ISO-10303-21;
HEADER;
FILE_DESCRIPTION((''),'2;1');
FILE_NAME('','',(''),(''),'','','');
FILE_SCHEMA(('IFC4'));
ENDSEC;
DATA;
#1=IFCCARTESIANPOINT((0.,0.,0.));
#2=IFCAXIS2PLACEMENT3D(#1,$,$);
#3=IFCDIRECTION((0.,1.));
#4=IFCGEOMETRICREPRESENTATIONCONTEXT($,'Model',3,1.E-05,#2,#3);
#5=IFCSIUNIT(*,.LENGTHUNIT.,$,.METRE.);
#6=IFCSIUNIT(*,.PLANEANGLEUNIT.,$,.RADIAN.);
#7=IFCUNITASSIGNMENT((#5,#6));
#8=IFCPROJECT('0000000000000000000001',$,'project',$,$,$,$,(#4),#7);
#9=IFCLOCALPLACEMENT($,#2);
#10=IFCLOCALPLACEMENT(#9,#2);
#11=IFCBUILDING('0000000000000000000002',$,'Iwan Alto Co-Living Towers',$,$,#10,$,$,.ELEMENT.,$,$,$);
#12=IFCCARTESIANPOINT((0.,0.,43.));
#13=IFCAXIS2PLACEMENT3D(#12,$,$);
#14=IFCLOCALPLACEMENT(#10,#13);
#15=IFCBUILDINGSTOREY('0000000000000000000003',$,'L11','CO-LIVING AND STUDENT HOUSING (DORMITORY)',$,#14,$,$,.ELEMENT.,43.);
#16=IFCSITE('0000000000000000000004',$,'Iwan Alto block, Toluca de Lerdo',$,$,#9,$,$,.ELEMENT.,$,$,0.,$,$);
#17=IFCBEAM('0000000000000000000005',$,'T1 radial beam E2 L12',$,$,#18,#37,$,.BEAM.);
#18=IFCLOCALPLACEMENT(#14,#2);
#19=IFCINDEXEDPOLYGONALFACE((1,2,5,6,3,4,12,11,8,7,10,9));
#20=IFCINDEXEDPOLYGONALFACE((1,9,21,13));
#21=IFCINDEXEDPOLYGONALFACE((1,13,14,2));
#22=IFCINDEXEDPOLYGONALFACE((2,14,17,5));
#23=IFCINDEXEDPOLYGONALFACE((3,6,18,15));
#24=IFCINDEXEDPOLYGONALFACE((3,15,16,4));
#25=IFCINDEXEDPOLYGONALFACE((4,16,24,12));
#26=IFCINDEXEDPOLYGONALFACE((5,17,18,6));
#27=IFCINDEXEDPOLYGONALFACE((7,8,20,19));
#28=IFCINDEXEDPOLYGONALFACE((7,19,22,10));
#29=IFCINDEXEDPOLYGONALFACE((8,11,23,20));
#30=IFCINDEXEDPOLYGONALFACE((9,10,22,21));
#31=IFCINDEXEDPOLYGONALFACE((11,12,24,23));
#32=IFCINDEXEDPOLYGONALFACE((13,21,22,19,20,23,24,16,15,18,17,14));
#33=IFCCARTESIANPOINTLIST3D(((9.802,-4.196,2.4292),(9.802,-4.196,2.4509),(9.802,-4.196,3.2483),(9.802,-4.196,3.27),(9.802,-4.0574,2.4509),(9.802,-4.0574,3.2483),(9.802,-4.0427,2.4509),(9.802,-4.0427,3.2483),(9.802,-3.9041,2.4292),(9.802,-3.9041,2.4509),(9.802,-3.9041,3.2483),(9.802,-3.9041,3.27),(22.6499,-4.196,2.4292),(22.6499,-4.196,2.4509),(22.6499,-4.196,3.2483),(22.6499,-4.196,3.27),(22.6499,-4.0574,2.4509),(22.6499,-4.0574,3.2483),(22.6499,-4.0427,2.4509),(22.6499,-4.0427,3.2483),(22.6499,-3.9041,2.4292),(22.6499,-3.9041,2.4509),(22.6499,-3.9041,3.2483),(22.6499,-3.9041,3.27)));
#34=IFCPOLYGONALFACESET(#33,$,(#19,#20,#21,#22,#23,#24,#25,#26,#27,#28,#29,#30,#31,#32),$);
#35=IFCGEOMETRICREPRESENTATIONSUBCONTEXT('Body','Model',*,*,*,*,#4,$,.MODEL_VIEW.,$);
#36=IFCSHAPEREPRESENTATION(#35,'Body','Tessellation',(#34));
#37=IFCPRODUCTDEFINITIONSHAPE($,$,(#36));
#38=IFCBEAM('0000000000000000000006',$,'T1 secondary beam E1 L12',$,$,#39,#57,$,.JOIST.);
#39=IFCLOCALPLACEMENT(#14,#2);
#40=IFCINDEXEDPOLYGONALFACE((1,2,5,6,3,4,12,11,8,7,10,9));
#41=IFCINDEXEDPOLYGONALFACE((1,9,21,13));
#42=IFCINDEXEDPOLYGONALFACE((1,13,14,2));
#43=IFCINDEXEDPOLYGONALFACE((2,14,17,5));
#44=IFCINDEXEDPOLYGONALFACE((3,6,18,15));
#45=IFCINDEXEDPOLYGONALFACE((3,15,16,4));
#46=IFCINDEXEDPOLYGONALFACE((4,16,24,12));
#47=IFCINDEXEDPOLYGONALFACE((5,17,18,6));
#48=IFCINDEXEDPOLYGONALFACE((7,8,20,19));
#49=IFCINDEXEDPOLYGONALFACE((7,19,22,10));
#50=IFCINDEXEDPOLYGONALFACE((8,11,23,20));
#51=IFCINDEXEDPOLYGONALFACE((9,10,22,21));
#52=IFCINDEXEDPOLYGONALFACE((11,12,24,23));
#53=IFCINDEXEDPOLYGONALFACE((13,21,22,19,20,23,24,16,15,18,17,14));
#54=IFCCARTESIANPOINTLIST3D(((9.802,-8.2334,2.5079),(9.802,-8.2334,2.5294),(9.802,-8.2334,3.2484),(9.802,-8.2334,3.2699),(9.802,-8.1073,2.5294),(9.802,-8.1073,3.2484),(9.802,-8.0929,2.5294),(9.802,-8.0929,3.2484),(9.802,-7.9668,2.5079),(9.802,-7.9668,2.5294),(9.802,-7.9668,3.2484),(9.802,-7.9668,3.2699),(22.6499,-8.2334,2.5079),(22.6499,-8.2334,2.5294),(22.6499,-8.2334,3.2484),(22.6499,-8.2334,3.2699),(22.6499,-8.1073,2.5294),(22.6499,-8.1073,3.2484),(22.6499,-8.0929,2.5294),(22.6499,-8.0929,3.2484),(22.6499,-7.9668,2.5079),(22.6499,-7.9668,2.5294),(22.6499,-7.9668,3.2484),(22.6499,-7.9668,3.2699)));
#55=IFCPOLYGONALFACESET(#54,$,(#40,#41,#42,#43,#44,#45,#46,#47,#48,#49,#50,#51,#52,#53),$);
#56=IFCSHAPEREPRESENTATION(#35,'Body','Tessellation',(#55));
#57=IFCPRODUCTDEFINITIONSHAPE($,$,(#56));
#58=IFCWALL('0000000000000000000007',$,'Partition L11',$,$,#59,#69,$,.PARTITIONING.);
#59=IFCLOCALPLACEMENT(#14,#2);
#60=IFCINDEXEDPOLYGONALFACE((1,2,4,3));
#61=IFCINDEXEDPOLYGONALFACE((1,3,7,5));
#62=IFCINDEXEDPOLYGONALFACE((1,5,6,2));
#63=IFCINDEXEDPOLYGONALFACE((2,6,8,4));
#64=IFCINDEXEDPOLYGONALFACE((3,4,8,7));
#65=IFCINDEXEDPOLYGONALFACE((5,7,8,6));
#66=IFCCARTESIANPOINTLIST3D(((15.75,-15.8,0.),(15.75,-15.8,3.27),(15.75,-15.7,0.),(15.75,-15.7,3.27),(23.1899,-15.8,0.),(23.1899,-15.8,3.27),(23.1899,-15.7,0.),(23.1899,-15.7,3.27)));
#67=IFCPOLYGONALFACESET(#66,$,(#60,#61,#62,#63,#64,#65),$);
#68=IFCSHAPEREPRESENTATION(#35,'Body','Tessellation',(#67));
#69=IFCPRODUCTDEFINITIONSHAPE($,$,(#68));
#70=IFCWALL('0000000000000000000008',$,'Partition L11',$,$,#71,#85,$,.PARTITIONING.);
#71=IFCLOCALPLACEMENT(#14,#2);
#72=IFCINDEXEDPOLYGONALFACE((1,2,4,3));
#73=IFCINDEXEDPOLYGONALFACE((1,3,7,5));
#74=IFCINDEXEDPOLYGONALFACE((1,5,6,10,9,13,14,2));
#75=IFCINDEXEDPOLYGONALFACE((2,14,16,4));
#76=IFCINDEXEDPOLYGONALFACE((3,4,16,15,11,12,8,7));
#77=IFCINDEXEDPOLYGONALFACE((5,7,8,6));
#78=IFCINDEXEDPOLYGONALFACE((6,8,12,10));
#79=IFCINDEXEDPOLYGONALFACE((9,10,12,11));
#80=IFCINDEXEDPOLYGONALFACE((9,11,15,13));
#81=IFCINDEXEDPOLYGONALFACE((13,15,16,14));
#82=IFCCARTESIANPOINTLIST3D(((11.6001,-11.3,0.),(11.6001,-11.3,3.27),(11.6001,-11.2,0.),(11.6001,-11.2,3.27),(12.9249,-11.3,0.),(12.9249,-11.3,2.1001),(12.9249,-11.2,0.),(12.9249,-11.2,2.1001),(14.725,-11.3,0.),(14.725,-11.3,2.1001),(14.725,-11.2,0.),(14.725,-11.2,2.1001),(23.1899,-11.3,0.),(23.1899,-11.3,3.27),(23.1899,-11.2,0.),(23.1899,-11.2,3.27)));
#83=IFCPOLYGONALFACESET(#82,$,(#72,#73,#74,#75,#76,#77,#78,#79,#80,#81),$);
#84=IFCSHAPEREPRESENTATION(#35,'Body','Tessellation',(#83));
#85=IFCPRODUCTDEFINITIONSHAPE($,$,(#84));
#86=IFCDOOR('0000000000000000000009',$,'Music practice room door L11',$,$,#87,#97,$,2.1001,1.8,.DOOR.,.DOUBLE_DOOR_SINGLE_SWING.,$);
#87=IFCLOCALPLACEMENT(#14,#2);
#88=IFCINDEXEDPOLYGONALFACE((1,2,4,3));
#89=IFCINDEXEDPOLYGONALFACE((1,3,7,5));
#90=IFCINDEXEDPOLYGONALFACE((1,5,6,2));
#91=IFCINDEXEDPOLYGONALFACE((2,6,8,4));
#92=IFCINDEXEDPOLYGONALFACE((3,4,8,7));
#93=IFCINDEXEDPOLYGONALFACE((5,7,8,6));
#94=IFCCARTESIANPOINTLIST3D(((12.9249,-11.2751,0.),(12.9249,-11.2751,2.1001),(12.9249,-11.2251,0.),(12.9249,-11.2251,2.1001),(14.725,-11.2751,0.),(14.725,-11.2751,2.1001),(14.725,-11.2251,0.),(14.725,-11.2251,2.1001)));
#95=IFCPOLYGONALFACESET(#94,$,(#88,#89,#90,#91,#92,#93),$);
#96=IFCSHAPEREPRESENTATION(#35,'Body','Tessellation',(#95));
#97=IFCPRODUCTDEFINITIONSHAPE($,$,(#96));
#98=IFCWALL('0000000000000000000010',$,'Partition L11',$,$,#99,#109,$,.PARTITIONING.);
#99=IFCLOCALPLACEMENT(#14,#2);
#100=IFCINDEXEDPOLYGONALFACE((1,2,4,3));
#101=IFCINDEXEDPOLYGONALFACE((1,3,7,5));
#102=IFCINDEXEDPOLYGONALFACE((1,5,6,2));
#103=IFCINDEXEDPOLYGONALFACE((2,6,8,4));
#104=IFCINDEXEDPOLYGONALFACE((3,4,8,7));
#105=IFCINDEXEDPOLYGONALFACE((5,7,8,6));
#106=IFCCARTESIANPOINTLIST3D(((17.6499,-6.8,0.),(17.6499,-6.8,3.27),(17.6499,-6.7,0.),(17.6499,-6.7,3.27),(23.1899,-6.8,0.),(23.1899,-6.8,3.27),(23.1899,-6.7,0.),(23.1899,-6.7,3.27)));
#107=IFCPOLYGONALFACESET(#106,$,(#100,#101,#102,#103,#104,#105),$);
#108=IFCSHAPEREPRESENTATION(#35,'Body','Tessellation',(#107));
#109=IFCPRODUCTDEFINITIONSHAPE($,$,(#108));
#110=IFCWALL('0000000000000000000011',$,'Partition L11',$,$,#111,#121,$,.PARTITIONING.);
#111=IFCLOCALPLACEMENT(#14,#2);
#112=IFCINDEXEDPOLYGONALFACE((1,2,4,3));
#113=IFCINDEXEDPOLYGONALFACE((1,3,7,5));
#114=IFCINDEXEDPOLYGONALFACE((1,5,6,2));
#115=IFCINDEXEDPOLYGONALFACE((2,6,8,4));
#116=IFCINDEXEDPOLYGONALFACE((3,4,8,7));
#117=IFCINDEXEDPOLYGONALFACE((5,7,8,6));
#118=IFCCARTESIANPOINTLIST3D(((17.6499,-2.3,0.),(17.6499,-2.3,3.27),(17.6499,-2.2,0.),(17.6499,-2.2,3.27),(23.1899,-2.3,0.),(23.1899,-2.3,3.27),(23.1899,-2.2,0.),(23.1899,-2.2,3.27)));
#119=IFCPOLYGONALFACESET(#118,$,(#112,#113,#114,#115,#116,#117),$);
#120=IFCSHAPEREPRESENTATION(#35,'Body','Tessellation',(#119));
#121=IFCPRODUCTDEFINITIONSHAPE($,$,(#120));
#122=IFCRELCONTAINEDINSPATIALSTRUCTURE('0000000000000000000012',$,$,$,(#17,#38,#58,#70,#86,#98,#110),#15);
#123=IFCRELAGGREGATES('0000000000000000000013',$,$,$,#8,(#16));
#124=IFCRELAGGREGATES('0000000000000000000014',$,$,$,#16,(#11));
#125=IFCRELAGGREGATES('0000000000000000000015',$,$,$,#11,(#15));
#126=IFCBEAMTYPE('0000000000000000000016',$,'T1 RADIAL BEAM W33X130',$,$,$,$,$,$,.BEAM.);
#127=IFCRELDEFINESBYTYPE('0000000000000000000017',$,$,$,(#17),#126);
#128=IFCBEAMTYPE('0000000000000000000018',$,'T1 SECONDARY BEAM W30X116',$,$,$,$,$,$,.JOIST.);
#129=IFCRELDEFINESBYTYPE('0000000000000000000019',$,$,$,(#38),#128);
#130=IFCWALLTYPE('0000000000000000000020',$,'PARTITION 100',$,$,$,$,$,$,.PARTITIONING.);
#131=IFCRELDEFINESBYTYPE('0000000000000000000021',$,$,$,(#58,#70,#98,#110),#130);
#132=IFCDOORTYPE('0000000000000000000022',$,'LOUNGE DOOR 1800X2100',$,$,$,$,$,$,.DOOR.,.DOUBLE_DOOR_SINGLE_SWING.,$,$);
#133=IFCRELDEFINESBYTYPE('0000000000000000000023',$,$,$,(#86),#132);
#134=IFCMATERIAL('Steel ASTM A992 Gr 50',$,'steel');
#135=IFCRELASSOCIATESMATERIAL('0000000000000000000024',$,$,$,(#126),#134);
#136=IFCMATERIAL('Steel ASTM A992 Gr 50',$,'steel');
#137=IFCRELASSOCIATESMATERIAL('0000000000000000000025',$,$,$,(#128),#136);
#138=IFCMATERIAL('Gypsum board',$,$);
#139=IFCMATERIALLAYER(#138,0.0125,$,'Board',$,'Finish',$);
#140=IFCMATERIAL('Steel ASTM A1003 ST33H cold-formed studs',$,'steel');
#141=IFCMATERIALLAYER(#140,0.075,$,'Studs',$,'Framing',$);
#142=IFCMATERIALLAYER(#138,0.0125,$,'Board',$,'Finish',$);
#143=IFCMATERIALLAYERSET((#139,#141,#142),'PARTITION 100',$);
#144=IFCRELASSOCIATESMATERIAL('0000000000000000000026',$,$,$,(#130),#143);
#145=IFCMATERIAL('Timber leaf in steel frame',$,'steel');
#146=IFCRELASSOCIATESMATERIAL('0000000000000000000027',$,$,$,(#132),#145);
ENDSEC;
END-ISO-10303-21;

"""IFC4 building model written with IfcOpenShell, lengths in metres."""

from ifc_helpers import new_model, si_unit, direction, frame, frame_2d, origin, origin_2d, place, context, subcontext, project, spatial, rectangle, i_section, extrude, material, layer, layer_set, material_profile, profile_set, type_object, element, fill, save


model = new_model("IFC4")

# Units and contexts
model_context = context("Model", 3, precision=1e-05, world=origin(), true_north=direction((0.0, 1.0)))
body_context = subcontext(model_context, "Body", "Model", "MODEL_VIEW")
ifc_project = project(units=[si_unit("LENGTHUNIT", "METRE"), si_unit("PLANEANGLEUNIT", "RADIAN")], contexts=[model_context])

# Site, building, storey
site_placement = place(None, origin())
site = spatial("IfcSite", under=ifc_project, at=site_placement, Name="Iwan Alto block, Toluca de Lerdo", CompositionType="ELEMENT", RefElevation=0.0)
building_placement = place(site_placement, origin())
building = spatial("IfcBuilding", under=site, at=building_placement, Name="Iwan Alto Co-Living Towers", CompositionType="ELEMENT")
storey_placement = place(building_placement, frame((0.0, 0.0, 43.0)))
storey = spatial("IfcBuildingStorey", under=building, at=storey_placement, Name="L11", Description="CO-LIVING AND STUDENT HOUSING (DORMITORY)", CompositionType="ELEMENT", Elevation=43.0)

# Beams
ifc_material_1 = material(Name="Steel ASTM A992 Gr 50", Category="steel")
ifc_material_profile_1 = material_profile(ifc_material_1, i_section(OverallWidth=0.292, OverallDepth=0.8408, WebThickness=0.0146, FlangeThickness=0.0217, at=origin_2d()), Name="W33X130")
ifc_profile_set_1 = profile_set([ifc_material_profile_1], Name="Steel ASTM A992 Gr 50")
beam_type_1 = type_object("IfcBeamType", Name="T1 RADIAL BEAM W33X130", PredefinedType="BEAM", material=ifc_profile_set_1)
beam_1_placement = place(storey_placement, frame((22.6499, -4.05, 2.8496), z_axis=(-1.0, 0.0, 0.0), x_axis=(0.0, -1.0, 0.0)))
element("IfcBeam", 1, at=beam_1_placement, inside=storey, type_object=beam_type_1, Name="T1 radial beam E2 L12", PredefinedType="BEAM", context=body_context, shape_type="SweptSolid", body=[
    extrude(i_section(OverallWidth=0.292, OverallDepth=0.8408, WebThickness=0.0146, FlangeThickness=0.0217, at=origin_2d()), origin(), (0.0, 0.0, 1.0), 12.8479),
])
ifc_material_2 = material(Name="Steel ASTM A992 Gr 50", Category="steel")
ifc_material_profile_2 = material_profile(ifc_material_2, i_section(OverallWidth=0.2666, OverallDepth=0.762, WebThickness=0.0144, FlangeThickness=0.0215, at=origin_2d()), Name="W30X116")
ifc_profile_set_2 = profile_set([ifc_material_profile_2], Name="Steel ASTM A992 Gr 50")
beam_type_2 = type_object("IfcBeamType", Name="T1 SECONDARY BEAM W30X116", PredefinedType="JOIST", material=ifc_profile_set_2)
beam_2_placement = place(storey_placement, frame((22.6499, -8.1001, 2.8889), z_axis=(-1.0, 0.0, 0.0), x_axis=(0.0, -1.0, 0.0)))
element("IfcBeam", 2, at=beam_2_placement, inside=storey, type_object=beam_type_2, Name="T1 secondary beam E1 L12", PredefinedType="JOIST", context=body_context, shape_type="SweptSolid", body=[
    extrude(i_section(OverallWidth=0.2666, OverallDepth=0.762, WebThickness=0.0144, FlangeThickness=0.0215, at=origin_2d()), origin(), (0.0, 0.0, 1.0), 12.8479),
])

# Wall
ifc_material_3 = material(Name="Gypsum board")
ifc_layer_1 = layer(ifc_material_3, 0.0125, Name="Board", Category="Finish")
ifc_material_4 = material(Name="Steel ASTM A1003 ST33H cold-formed studs", Category="steel")
ifc_layer_2 = layer(ifc_material_4, 0.075, Name="Studs", Category="Framing")
ifc_layer_3 = layer(ifc_material_3, 0.0125, Name="Board", Category="Finish")
ifc_layer_set_1 = layer_set([ifc_layer_1, ifc_layer_2, ifc_layer_3], Name="PARTITION 100")
wall_type_1 = type_object("IfcWallType", Name="PARTITION 100", PredefinedType="PARTITIONING", material=ifc_layer_set_1)
wall_1_placement = place(storey_placement, frame((15.75, -15.75, 0.0), z_axis=(0.0, 0.0, 1.0), x_axis=(1.0, 0.0, 0.0)))
element("IfcWall", 3, at=wall_1_placement, inside=storey, type_object=wall_type_1, Name="Partition L11", PredefinedType="PARTITIONING", context=body_context, shape_type="SweptSolid", body=[
    extrude(rectangle(XDim=7.4399, YDim=0.1001, at=frame_2d((3.72, 0.0))), origin(), (0.0, 0.0, 1.0), 3.27),
])

# Wall, opening, door
wall_2_placement = place(storey_placement, frame((11.6001, -11.25, 0.0), z_axis=(0.0, 0.0, 1.0), x_axis=(1.0, 0.0, 0.0)))
wall_2 = element("IfcWall", 4, at=wall_2_placement, inside=storey, type_object=wall_type_1, Name="Partition L11", PredefinedType="PARTITIONING", context=body_context, shape_type="SweptSolid", body=[
    extrude(rectangle(XDim=11.5898, YDim=0.1001, at=frame_2d((5.7949, 0.0))), origin(), (0.0, 0.0, 1.0), 3.27),
])
opening_1_placement = place(wall_2_placement, frame((1.325, 0.0, 0.0)))
opening_1 = element("IfcOpeningElement", 5, at=opening_1_placement, cuts=wall_2, PredefinedType="OPENING", context=body_context, shape_type="SweptSolid", body=[
    extrude(rectangle(XDim=1.8, YDim=2.1001, at=frame_2d((0.8999, 1.05))), frame((0.0, 0.0601, 0.0), z_axis=(0.0, -1.0, 0.0), x_axis=(1.0, 0.0, 0.0)), (0.0, 0.0, 1.0), 0.1201),
])
ifc_material_5 = material(Name="Timber leaf in steel frame", Category="steel")
door_type_1 = type_object("IfcDoorType", Name="LOUNGE DOOR 1800X2100", OperationType="DOUBLE_DOOR_SINGLE_SWING", PredefinedType="DOOR", material=ifc_material_5)
door_1_placement = place(opening_1_placement, origin())
door_1 = element("IfcDoor", 6, at=door_1_placement, inside=storey, type_object=door_type_1, Name="Music practice room door L11", OperationType="DOUBLE_DOOR_SINGLE_SWING", OverallHeight=2.1001, OverallWidth=1.8, PredefinedType="DOOR", context=body_context, shape_type="SweptSolid", body=[
    extrude(rectangle(XDim=1.8, YDim=2.1001, at=frame_2d((0.8999, 1.05))), frame((0.0, 0.0249, 0.0), z_axis=(0.0, -1.0, 0.0), x_axis=(1.0, 0.0, 0.0)), (0.0, 0.0, 1.0), 0.05),
])
fill(opening_1, door_1)

# Walls
for number, where, z_axis, x_axis, name in (
    (7, (17.6499, -6.75, 0.0), (0.0, 0.0, 1.0), (1.0, 0.0, 0.0), "Partition L11"),
    (8, (17.6499, -2.25, 0.0), (0.0, 0.0, 1.0), (1.0, 0.0, 0.0), "Partition L11"),
):
    element("IfcWall", number, at=place(storey_placement, frame(where, z_axis=z_axis, x_axis=x_axis)), inside=storey, type_object=wall_type_1, Name=name, PredefinedType="PARTITIONING", context=body_context, shape_type="SweptSolid", body=[
        extrude(rectangle(XDim=5.54, YDim=0.1001, at=frame_2d((2.77, 0.0))), origin(), (0.0, 0.0, 1.0), 3.27),
    ])

save(model, "model.ifc")
